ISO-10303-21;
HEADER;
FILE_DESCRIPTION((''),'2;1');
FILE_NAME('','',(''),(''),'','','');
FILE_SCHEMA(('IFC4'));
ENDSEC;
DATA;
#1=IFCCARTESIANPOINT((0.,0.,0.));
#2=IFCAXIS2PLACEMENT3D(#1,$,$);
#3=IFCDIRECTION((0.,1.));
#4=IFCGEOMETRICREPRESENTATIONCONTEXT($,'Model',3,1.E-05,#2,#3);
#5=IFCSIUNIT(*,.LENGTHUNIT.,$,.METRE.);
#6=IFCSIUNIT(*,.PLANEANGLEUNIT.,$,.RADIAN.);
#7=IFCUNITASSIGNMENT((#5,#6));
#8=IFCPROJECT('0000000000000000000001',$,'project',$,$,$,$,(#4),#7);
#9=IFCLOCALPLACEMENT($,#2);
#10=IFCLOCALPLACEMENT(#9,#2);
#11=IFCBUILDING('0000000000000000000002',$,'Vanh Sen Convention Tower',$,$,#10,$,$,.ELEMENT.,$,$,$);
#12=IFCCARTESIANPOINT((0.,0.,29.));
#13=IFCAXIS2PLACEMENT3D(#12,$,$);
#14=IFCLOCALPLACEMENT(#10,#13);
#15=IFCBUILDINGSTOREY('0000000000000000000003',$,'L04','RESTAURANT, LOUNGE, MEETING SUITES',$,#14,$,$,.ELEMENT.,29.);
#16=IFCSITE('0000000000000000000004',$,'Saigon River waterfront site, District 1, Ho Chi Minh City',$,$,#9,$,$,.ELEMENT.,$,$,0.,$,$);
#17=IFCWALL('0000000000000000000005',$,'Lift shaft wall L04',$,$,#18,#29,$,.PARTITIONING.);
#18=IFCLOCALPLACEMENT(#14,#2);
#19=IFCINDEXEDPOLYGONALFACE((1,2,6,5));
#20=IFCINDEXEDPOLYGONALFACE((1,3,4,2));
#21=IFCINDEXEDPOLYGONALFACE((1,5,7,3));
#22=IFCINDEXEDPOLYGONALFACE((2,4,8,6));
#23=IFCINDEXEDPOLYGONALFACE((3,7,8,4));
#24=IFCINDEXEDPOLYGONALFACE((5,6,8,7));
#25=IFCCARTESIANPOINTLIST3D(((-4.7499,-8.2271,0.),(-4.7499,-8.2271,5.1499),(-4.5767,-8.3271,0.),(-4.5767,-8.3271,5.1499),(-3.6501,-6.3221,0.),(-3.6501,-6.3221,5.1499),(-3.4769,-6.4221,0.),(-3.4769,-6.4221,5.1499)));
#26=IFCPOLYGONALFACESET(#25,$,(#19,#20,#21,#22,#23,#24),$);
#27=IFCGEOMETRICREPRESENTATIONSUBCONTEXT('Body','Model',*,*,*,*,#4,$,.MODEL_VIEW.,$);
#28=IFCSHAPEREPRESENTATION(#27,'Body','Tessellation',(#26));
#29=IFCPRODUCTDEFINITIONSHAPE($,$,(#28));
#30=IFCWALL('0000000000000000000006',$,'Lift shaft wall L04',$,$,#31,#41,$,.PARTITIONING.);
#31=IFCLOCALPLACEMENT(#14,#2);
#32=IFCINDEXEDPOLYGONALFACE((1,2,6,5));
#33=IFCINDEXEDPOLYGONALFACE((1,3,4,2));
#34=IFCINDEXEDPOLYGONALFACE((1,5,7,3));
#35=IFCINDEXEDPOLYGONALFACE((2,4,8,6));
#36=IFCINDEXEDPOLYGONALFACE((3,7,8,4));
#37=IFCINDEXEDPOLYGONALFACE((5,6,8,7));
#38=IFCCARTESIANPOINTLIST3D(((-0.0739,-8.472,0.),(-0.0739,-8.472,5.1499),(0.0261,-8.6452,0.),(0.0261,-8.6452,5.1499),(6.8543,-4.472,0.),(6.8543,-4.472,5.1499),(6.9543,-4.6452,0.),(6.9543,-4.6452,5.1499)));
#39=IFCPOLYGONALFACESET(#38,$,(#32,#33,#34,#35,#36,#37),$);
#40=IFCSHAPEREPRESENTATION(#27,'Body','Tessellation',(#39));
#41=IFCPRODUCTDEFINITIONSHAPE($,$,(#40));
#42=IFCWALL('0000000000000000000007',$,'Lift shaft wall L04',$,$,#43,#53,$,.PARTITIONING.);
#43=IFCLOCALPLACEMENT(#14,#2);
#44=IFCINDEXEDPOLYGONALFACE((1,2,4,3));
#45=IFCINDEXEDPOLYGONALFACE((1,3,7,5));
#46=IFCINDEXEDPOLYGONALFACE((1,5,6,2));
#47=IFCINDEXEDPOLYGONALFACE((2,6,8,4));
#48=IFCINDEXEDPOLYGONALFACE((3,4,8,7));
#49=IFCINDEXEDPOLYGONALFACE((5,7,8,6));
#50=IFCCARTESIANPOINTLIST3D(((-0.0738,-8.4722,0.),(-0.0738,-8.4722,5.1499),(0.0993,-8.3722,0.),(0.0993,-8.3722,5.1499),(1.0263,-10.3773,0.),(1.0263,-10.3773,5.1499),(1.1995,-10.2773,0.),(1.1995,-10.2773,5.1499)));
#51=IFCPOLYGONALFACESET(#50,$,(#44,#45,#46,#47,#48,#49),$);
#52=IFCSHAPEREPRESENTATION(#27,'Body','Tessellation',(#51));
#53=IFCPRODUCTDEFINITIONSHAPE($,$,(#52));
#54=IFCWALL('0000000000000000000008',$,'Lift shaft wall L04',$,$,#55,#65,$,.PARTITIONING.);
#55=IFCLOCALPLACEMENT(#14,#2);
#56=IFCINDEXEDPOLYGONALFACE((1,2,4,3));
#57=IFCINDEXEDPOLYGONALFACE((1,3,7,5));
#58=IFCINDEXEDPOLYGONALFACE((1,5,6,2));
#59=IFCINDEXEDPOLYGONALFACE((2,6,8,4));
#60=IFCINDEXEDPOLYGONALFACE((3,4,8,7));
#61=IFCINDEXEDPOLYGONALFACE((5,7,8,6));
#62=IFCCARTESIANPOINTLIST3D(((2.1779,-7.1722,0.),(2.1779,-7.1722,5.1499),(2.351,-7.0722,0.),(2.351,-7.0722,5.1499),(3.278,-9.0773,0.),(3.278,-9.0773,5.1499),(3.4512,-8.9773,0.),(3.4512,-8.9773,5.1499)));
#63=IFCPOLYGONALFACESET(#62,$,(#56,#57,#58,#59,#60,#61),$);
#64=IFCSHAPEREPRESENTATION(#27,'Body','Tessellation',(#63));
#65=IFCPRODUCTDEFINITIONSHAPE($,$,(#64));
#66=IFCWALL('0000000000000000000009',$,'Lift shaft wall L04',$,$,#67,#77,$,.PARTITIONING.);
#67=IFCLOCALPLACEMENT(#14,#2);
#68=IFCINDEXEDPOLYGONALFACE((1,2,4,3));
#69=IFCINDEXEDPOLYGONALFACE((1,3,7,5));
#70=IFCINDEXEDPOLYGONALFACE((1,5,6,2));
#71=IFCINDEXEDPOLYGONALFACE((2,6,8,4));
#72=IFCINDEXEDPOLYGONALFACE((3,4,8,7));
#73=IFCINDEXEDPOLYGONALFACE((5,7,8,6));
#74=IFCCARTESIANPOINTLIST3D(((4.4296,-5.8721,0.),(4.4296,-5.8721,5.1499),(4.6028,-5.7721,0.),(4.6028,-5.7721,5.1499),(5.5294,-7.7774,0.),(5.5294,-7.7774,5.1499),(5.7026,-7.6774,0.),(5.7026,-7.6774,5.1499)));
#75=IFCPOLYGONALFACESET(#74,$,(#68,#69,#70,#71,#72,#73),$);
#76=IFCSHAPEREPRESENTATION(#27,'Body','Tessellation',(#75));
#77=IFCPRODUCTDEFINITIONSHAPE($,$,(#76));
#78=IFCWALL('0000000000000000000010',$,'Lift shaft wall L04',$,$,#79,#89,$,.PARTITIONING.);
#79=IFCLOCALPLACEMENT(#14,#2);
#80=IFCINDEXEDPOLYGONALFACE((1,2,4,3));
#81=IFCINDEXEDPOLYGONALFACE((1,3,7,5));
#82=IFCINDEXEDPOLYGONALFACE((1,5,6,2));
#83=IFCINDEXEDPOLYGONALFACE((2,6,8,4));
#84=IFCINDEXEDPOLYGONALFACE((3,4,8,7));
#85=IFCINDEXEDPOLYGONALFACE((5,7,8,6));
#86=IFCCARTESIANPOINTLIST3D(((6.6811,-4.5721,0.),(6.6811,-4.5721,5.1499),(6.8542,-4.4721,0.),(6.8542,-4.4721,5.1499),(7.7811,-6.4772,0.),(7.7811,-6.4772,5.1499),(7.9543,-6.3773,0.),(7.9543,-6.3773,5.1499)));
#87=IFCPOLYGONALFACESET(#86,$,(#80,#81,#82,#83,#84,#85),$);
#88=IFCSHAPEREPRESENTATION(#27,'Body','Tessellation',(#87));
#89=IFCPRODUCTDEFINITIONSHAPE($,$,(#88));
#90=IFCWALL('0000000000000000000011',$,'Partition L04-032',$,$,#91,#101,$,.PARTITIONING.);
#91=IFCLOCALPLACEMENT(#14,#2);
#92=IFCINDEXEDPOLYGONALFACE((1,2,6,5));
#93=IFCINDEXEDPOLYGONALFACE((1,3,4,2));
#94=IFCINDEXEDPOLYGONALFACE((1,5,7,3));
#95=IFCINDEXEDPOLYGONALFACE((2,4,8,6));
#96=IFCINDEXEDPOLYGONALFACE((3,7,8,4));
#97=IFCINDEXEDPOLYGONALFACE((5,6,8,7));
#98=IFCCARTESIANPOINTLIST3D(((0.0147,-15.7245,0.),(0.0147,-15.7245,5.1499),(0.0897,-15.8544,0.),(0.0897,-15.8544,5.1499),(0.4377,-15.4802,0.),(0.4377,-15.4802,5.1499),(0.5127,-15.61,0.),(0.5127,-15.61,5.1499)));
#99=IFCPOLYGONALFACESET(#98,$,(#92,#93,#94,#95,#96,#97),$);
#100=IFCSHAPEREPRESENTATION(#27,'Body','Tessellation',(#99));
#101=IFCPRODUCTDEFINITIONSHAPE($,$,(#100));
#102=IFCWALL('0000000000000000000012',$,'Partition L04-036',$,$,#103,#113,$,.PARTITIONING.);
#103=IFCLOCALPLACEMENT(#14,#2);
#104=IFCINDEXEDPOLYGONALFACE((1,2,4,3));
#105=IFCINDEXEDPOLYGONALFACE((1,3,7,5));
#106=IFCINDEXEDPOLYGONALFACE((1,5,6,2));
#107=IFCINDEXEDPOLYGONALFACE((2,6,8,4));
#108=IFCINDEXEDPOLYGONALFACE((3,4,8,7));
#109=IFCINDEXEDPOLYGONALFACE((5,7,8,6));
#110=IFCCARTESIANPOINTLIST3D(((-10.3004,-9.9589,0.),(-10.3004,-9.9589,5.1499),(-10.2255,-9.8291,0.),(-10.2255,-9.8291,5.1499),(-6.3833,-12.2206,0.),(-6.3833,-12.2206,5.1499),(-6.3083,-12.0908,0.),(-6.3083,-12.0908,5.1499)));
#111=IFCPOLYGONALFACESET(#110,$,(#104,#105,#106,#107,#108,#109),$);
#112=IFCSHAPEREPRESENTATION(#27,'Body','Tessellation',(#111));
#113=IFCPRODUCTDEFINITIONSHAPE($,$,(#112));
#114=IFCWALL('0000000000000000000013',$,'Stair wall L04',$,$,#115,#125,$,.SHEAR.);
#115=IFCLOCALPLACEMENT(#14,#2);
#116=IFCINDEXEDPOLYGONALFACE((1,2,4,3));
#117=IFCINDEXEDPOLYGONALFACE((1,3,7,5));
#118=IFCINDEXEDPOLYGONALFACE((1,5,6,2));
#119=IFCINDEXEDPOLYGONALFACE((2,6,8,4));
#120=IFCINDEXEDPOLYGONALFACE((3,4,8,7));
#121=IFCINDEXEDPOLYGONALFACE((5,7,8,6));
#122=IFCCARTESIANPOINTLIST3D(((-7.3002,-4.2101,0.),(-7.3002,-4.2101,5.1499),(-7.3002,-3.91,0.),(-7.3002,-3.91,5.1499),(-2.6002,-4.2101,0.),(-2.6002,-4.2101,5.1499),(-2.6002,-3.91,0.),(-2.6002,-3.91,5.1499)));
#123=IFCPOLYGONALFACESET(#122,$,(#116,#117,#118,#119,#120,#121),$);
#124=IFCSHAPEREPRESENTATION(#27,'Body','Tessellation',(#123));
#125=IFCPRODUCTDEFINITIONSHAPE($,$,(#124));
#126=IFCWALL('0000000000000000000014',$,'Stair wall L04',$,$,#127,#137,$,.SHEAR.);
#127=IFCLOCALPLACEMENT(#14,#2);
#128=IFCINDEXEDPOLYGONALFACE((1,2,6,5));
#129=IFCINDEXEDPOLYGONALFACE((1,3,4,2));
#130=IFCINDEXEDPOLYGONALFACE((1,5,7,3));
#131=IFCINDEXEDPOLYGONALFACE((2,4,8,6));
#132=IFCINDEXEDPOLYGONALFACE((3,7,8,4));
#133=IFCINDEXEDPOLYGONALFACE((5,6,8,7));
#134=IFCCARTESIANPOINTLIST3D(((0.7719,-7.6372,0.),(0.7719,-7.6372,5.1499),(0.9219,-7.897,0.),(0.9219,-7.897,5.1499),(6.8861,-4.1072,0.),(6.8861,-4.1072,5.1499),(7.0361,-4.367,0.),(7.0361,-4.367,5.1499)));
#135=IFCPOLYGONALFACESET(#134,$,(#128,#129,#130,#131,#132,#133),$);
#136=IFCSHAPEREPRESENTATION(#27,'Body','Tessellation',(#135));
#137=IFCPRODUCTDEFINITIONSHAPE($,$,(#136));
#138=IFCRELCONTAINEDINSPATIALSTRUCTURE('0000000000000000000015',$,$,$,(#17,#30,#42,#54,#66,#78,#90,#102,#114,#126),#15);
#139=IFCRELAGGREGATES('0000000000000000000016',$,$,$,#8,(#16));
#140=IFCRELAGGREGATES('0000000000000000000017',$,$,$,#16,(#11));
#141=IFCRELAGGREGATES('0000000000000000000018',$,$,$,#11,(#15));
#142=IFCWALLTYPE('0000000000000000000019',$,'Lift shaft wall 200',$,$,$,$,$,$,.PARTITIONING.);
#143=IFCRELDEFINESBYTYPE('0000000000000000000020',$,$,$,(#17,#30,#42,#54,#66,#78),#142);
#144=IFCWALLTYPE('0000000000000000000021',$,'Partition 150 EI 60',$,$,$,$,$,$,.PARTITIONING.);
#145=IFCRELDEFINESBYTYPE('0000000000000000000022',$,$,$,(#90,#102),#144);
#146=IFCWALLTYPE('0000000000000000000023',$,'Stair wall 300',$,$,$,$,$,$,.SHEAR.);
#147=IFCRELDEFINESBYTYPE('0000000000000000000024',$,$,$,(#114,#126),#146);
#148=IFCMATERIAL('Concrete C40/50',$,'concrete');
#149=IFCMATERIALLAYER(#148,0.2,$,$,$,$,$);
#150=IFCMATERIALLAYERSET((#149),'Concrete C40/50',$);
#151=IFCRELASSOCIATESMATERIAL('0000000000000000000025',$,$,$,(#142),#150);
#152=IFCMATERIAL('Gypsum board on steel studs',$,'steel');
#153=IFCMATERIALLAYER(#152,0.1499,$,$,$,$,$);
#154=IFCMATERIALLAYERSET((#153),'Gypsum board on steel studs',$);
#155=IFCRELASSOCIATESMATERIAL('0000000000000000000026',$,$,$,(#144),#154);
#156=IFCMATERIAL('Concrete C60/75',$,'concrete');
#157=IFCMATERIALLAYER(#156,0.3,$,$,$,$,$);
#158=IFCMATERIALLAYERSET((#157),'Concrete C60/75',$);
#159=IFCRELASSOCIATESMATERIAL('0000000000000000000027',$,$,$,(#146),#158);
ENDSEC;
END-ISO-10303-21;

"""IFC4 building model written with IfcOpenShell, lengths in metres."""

from ifc_helpers import new_model, si_unit, direction, frame, frame_2d, origin, place, context, subcontext, project, spatial, rectangle, extrude, material, layer, layer_set, type_object, element, save


model = new_model("IFC4")

# Units and contexts
model_context = context("Model", 3, precision=1e-05, world=origin(), true_north=direction((0.0, 1.0)))
body_context = subcontext(model_context, "Body", "Model", "MODEL_VIEW")
ifc_project = project(units=[si_unit("LENGTHUNIT", "METRE"), si_unit("PLANEANGLEUNIT", "RADIAN")], contexts=[model_context])

# Site, building, storey
site_placement = place(None, origin())
site = spatial("IfcSite", under=ifc_project, at=site_placement, Name="Saigon River waterfront site, District 1, Ho Chi Minh City", CompositionType="ELEMENT", RefElevation=0.0)
building_placement = place(site_placement, origin())
building = spatial("IfcBuilding", under=site, at=building_placement, Name="Vanh Sen Convention Tower", CompositionType="ELEMENT")
storey_placement = place(building_placement, frame((0.0, 0.0, 29.0)))
storey = spatial("IfcBuildingStorey", under=building, at=storey_placement, Name="L04", Description="RESTAURANT, LOUNGE, MEETING SUITES", CompositionType="ELEMENT", Elevation=29.0)

# Walls
ifc_material_1 = material(Name="Concrete C40/50", Category="concrete")
ifc_layer_1 = layer(ifc_material_1, 0.2)
ifc_layer_set_1 = layer_set([ifc_layer_1], Name="Concrete C40/50")
wall_type_1 = type_object("IfcWallType", Name="Lift shaft wall 200", PredefinedType="PARTITIONING", material=ifc_layer_set_1)
wall_1_placement = place(storey_placement, frame((-3.5635, -6.3721, 0.0), z_axis=(0.0, 0.0, 1.0), x_axis=(-0.499995, -0.866028, 0.0)))
element("IfcWall", 1, at=wall_1_placement, inside=storey, type_object=wall_type_1, Name="Lift shaft wall L04", PredefinedType="PARTITIONING", context=body_context, shape_type="SweptSolid", body=[
    extrude(rectangle(XDim=2.1997, YDim=0.2, at=frame_2d((1.0999, 0.0))), origin(), (0.0, 0.0, 1.0), 5.1499),
])
wall_2_placement = place(storey_placement, frame((-0.0239, -8.5586, 0.0), z_axis=(0.0, 0.0, 1.0), x_axis=(0.866026, 0.499999, 0.0)))
element("IfcWall", 2, at=wall_2_placement, inside=storey, type_object=wall_type_1, Name="Lift shaft wall L04", PredefinedType="PARTITIONING", context=body_context, shape_type="SweptSolid", body=[
    extrude(rectangle(XDim=8.0, YDim=0.2, at=frame_2d((4.0, 0.0))), origin(), (0.0, 0.0, 1.0), 5.1499),
])
for number, where, z_axis, x_axis, name in (
    (3, (0.0127, -8.4221, 0.0), (0.0, 0.0, 1.0), (0.500078, -0.86598, 0.0), "Lift shaft wall L04"),
    (4, (2.2644, -7.1221, 0.0), (0.0, 0.0, 1.0), (0.500078, -0.86598, 0.0), "Lift shaft wall L04"),
    (5, (4.5161, -5.822, 0.0), (0.0, 0.0, 1.0), (0.499947, -0.866056, 0.0), "Lift shaft wall L04"),
    (6, (6.7676, -4.522, 0.0), (0.0, 0.0, 1.0), (0.50003, -0.866008, 0.0), "Lift shaft wall L04"),
):
    element("IfcWall", number, at=place(storey_placement, frame(where, z_axis=z_axis, x_axis=x_axis)), inside=storey, type_object=wall_type_1, Name=name, PredefinedType="PARTITIONING", context=body_context, shape_type="SweptSolid", body=[
        extrude(rectangle(XDim=2.2, YDim=0.2, at=frame_2d((1.1001, 0.0))), origin(), (0.0, 0.0, 1.0), 5.1499),
    ])
ifc_material_2 = material(Name="Gypsum board on steel studs", Category="steel")
ifc_layer_2 = layer(ifc_material_2, 0.1499)
ifc_layer_set_2 = layer_set([ifc_layer_2], Name="Gypsum board on steel studs")
wall_type_2 = type_object("IfcWallType", Name="Partition 150 EI 60", PredefinedType="PARTITIONING", material=ifc_layer_set_2)
wall_3_placement = place(storey_placement, frame((0.4751, -15.5452, 0.0), z_axis=(0.0, 0.0, 1.0), x_axis=(-0.865928, -0.500169, 0.0)))
element("IfcWall", 7, at=wall_3_placement, inside=storey, type_object=wall_type_2, Name="Partition L04-032", PredefinedType="PARTITIONING", context=body_context, shape_type="SweptSolid", body=[
    extrude(rectangle(XDim=0.4885, YDim=0.1499, at=frame_2d((0.2441, 0.0))), origin(), (0.0, 0.0, 1.0), 5.1499),
])
wall_4_placement = place(storey_placement, frame((-6.3457, -12.1558, 0.0), z_axis=(0.0, 0.0, 1.0), x_axis=(-0.866016, 0.500017, 0.0)))
element("IfcWall", 8, at=wall_4_placement, inside=storey, type_object=wall_type_2, Name="Partition L04-036", PredefinedType="PARTITIONING", context=body_context, shape_type="SweptSolid", body=[
    extrude(rectangle(XDim=4.5232, YDim=0.1499, at=frame_2d((2.2617, 0.0))), origin(), (0.0, 0.0, 1.0), 5.1499),
])
ifc_material_3 = material(Name="Concrete C60/75", Category="concrete")
ifc_layer_3 = layer(ifc_material_3, 0.3)
ifc_layer_set_3 = layer_set([ifc_layer_3], Name="Concrete C60/75")
wall_type_3 = type_object("IfcWallType", Name="Stair wall 300", PredefinedType="SHEAR", material=ifc_layer_set_3)
wall_5_placement = place(storey_placement, frame((-2.6001, -4.0601, 0.0), z_axis=(0.0, 0.0, 1.0), x_axis=(-1.0, 0.0, 0.0)))
element("IfcWall", 9, at=wall_5_placement, inside=storey, type_object=wall_type_3, Name="Stair wall L04", PredefinedType="SHEAR", context=body_context, shape_type="SweptSolid", body=[
    extrude(rectangle(XDim=4.7, YDim=0.3, at=frame_2d((2.3501, 0.0))), origin(), (0.0, 0.0, 1.0), 5.1499),
])
wall_6_placement = place(storey_placement, frame((0.8469, -7.7671, 0.0), z_axis=(0.0, 0.0, 1.0), x_axis=(0.866028, 0.499996, 0.0)))
element("IfcWall", 10, at=wall_6_placement, inside=storey, type_object=wall_type_3, Name="Stair wall L04", PredefinedType="SHEAR", context=body_context, shape_type="SweptSolid", body=[
    extrude(rectangle(XDim=7.0601, YDim=0.3, at=frame_2d((3.53, 0.0))), origin(), (0.0, 0.0, 1.0), 5.1499),
])

save(model, "model.ifc")
